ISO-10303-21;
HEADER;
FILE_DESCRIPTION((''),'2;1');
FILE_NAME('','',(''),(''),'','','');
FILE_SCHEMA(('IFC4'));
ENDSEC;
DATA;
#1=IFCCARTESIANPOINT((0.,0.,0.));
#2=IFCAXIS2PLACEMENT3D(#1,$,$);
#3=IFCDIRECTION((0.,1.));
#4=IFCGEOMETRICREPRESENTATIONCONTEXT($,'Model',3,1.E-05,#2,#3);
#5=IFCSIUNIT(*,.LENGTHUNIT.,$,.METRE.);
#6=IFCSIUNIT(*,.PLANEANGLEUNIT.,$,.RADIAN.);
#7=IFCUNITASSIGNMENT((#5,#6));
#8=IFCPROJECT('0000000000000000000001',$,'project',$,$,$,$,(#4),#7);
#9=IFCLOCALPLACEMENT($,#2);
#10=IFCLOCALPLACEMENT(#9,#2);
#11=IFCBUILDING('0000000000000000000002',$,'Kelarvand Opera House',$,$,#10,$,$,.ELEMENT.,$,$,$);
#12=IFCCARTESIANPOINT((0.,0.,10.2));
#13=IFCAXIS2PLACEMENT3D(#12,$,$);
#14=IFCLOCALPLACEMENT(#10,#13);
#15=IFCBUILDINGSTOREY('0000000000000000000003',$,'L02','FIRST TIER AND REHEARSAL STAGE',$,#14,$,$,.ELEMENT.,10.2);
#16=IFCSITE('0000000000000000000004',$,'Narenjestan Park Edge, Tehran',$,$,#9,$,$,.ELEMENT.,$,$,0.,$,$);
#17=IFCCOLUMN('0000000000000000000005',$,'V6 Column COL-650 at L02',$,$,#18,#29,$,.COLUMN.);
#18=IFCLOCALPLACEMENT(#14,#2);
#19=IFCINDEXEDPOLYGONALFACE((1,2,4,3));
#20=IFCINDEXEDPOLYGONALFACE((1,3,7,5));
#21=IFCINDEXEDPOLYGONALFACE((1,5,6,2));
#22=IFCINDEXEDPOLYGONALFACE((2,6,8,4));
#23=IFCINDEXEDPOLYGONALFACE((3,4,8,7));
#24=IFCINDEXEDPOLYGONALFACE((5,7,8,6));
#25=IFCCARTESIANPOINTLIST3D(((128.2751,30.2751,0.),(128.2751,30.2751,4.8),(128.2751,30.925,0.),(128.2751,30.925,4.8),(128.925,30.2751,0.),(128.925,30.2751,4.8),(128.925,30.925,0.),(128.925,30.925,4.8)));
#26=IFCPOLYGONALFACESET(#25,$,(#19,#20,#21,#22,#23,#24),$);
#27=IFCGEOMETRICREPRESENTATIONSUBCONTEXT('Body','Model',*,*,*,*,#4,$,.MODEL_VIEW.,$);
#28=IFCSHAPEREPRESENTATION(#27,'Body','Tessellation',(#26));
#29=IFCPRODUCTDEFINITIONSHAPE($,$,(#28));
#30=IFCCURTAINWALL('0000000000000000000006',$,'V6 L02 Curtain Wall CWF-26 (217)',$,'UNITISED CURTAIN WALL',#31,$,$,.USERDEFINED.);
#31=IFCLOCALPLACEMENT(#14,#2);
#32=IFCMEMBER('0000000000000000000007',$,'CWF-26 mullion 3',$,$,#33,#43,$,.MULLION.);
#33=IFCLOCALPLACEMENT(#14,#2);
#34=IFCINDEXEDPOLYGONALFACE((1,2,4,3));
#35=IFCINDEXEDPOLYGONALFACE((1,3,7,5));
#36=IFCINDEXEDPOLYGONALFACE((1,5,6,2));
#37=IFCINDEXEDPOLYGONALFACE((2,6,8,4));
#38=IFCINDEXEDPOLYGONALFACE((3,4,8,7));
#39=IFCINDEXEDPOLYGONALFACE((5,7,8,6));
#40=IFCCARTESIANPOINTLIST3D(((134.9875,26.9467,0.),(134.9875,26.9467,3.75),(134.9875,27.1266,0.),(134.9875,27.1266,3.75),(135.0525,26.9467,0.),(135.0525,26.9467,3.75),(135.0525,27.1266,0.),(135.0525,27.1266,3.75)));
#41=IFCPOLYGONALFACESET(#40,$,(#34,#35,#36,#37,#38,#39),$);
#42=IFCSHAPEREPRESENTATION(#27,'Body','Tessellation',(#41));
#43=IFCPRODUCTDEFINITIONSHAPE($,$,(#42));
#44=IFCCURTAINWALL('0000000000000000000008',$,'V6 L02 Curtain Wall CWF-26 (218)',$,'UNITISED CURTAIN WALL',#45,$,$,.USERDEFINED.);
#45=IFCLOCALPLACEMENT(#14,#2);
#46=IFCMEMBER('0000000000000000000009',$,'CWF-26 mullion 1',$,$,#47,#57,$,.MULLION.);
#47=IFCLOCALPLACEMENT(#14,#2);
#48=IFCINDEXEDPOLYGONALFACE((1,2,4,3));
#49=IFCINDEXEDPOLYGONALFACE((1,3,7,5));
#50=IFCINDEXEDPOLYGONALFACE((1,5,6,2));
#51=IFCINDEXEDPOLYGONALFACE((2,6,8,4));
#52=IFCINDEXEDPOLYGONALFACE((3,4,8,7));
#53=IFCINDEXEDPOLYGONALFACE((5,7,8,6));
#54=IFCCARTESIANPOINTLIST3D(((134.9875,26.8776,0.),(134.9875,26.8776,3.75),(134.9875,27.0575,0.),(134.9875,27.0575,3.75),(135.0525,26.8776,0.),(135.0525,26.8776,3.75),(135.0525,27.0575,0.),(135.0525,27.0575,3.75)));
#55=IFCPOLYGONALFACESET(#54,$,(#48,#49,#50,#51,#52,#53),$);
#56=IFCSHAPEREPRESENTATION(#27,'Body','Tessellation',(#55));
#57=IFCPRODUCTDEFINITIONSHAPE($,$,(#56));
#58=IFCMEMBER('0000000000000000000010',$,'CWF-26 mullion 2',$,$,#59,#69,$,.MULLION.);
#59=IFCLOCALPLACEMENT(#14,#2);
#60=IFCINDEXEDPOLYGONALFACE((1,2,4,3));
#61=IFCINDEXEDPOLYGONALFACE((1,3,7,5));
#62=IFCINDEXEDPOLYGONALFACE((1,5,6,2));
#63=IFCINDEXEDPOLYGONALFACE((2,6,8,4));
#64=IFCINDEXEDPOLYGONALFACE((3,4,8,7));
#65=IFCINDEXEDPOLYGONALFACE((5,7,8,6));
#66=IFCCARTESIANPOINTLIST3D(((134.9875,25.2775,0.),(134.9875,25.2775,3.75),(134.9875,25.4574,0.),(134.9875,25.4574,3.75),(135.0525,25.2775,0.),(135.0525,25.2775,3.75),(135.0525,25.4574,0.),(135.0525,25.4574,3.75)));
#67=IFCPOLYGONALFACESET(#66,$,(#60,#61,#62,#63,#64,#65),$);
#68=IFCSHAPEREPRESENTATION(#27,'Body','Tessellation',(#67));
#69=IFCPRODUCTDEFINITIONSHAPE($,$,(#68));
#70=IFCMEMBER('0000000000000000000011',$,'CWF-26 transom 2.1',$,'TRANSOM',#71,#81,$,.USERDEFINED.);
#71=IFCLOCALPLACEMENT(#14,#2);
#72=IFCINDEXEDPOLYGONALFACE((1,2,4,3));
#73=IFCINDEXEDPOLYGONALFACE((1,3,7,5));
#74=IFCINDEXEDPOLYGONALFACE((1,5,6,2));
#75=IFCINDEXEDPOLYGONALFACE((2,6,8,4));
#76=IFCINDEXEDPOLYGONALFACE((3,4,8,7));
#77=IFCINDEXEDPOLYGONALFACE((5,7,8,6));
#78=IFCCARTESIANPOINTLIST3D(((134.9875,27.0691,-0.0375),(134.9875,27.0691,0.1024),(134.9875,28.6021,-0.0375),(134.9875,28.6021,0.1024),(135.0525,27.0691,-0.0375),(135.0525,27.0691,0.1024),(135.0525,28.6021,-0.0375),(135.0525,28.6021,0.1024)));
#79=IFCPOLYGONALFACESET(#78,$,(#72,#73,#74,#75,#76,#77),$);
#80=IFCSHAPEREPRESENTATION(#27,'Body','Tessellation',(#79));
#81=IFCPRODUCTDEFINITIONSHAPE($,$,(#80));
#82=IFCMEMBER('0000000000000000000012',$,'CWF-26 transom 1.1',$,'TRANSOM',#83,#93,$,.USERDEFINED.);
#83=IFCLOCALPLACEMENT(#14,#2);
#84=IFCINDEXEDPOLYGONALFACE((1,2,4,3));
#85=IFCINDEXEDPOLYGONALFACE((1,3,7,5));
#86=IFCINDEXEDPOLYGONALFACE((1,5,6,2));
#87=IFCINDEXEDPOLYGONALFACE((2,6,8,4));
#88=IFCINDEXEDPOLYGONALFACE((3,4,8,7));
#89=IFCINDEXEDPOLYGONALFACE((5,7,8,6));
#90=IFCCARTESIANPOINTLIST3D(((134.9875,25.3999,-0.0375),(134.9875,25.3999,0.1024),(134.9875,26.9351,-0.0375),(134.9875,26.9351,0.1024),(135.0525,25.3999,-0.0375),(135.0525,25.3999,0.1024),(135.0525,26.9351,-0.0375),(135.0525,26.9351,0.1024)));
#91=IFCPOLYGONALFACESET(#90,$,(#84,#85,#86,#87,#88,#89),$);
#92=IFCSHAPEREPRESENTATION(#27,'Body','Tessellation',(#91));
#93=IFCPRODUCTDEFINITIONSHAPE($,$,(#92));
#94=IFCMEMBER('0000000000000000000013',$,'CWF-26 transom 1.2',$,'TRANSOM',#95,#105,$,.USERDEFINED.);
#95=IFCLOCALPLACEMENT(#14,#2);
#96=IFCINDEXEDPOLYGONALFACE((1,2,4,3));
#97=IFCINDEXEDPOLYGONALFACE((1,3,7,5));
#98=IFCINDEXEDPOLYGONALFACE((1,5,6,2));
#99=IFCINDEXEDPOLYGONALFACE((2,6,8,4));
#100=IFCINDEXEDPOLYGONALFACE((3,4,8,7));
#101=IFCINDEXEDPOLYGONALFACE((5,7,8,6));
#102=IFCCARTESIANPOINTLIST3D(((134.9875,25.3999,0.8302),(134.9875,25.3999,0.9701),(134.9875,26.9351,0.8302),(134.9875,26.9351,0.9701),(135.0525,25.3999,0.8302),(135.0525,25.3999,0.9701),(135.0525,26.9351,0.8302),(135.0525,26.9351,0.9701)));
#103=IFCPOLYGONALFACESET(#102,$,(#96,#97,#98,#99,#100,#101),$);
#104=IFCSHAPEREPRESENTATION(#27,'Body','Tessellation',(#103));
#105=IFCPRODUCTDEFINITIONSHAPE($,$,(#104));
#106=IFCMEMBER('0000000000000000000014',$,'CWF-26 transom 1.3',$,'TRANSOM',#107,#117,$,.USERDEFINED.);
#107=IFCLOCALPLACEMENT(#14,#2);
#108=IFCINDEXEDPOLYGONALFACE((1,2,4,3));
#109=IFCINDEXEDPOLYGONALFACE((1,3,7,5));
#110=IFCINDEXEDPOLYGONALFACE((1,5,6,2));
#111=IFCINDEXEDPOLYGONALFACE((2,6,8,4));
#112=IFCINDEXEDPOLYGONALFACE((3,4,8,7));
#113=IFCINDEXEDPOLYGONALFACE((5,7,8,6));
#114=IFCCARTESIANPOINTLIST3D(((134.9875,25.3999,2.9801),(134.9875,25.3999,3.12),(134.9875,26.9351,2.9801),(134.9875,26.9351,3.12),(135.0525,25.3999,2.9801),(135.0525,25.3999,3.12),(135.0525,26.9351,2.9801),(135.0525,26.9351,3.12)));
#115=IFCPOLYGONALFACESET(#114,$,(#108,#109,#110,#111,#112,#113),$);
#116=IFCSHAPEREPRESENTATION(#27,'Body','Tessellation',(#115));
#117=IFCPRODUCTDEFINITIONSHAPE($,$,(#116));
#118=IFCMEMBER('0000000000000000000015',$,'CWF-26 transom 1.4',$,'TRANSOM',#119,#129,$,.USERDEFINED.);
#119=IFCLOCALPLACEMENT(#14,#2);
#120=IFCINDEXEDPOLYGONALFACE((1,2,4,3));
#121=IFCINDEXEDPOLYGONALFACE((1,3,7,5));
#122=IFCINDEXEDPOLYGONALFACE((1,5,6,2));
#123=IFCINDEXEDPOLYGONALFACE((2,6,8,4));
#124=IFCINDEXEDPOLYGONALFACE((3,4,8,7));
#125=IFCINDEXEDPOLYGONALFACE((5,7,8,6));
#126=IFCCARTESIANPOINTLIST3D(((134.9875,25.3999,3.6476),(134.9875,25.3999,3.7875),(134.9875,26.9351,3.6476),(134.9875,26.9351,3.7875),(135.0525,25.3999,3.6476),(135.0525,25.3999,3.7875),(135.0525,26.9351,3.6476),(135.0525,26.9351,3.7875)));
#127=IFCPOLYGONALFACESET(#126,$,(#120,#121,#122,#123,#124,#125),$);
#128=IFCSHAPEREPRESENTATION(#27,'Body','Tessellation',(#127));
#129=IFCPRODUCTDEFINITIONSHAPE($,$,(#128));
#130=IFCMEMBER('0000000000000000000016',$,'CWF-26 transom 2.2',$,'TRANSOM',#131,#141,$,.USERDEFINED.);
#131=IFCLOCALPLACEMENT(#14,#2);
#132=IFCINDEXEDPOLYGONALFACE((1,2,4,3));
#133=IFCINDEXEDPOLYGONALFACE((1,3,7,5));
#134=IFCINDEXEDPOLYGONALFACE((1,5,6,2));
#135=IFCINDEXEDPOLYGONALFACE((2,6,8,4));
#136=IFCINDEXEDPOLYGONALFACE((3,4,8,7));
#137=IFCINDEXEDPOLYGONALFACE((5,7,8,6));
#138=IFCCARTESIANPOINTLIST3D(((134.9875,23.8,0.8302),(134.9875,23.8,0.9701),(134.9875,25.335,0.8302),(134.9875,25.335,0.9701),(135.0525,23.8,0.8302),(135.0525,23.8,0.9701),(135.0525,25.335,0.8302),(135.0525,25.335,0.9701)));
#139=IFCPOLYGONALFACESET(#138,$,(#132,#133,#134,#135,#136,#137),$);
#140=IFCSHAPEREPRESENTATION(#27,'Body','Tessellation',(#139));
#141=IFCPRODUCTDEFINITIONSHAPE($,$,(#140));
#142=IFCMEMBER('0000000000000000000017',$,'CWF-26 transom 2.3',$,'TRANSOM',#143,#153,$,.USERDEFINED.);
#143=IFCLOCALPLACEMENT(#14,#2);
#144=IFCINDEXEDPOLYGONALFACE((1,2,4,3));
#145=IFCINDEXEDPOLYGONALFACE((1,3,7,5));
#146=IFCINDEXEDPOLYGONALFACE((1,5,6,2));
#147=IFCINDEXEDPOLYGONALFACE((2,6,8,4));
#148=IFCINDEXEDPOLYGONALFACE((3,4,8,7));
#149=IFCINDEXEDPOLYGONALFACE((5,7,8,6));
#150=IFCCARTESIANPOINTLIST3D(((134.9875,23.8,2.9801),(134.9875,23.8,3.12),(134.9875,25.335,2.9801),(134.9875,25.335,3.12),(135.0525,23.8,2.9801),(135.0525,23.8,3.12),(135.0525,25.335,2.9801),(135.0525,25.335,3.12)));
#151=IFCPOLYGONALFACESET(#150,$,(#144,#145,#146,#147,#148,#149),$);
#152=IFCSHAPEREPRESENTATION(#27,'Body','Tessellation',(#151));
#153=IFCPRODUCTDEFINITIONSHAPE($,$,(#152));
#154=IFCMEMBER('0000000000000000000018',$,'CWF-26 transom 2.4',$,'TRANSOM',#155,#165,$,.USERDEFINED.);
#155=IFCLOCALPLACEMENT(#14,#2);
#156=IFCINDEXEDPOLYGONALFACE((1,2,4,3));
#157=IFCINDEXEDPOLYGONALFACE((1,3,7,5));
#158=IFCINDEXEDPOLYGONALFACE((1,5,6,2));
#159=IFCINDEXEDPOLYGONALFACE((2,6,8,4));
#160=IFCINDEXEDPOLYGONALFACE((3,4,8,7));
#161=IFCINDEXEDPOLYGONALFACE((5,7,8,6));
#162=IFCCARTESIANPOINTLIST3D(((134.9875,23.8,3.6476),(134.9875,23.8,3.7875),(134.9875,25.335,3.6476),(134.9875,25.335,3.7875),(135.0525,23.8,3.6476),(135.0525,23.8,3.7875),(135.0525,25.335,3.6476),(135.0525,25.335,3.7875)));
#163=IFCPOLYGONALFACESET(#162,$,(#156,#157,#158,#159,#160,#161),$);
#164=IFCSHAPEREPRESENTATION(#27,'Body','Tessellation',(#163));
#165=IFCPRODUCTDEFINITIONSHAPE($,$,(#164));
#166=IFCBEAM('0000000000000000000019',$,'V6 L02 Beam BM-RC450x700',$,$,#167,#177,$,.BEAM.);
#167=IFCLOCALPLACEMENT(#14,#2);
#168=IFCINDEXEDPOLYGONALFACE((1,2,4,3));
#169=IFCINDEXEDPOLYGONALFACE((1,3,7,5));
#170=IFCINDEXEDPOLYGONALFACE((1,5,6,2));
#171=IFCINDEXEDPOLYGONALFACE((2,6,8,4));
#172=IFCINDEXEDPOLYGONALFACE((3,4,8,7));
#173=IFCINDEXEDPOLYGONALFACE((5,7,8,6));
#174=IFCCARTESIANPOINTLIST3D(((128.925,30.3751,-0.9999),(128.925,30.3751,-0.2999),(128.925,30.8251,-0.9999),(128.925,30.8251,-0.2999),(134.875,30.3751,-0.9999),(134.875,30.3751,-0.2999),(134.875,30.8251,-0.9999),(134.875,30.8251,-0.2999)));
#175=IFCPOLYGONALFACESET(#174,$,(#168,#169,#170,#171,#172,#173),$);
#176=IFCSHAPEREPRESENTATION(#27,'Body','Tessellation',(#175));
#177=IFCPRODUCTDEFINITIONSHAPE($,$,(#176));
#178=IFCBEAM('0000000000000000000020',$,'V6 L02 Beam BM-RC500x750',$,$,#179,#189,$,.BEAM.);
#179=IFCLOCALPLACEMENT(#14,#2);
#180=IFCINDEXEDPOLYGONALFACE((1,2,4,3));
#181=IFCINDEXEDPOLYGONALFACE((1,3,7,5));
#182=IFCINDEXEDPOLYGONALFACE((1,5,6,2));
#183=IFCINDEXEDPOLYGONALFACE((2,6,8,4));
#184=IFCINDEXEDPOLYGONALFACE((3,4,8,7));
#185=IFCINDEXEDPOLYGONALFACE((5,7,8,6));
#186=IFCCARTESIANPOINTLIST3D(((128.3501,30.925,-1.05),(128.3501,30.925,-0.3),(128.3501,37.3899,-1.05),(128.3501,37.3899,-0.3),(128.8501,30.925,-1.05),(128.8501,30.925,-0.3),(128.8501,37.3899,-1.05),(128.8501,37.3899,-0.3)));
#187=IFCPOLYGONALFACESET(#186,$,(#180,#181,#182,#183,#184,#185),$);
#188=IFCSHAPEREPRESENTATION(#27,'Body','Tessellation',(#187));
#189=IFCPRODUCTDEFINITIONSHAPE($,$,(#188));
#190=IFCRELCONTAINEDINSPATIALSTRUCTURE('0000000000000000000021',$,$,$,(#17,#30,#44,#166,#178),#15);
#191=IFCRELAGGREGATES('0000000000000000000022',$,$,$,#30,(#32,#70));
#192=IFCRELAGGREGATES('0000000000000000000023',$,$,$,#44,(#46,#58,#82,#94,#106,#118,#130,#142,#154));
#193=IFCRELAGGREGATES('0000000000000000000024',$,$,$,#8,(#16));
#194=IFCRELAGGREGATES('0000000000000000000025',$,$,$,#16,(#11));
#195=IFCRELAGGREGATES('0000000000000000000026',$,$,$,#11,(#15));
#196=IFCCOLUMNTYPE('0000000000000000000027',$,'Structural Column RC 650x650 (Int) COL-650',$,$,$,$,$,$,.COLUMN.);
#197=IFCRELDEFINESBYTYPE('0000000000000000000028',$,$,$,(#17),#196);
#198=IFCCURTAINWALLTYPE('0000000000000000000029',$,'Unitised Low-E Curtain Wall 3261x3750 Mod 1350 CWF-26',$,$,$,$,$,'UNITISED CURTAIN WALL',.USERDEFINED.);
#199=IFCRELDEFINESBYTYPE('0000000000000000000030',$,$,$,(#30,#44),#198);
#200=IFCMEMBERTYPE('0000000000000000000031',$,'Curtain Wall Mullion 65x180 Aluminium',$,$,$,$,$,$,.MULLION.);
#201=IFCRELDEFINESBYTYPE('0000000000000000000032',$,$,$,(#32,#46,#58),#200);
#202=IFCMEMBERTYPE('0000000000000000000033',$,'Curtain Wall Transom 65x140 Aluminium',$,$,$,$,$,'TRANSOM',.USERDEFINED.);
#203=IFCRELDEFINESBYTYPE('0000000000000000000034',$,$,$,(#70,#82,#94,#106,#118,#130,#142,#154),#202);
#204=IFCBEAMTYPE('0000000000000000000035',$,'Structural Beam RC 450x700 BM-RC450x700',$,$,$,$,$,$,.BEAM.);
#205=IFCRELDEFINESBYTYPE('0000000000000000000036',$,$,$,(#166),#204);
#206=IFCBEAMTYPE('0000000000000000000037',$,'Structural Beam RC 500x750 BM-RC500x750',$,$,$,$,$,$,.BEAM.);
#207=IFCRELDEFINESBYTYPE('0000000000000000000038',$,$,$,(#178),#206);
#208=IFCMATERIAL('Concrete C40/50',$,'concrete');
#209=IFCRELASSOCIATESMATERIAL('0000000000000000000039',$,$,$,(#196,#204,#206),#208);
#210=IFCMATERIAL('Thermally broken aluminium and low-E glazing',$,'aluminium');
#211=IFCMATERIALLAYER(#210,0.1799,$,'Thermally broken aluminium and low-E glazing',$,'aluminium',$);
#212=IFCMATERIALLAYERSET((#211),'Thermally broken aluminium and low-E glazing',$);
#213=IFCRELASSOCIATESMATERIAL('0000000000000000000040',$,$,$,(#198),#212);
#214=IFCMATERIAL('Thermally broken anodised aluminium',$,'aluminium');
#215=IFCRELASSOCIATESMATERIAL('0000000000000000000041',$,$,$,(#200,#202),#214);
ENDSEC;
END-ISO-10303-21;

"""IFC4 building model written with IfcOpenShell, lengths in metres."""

from ifc_helpers import new_model, si_unit, direction, frame, origin, origin_2d, place, context, subcontext, project, spatial, rectangle, extrude, material, layer, layer_set, material_profile, profile_set, type_object, element, aggregate, save


model = new_model("IFC4")

# Units and contexts
model_context = context("Model", 3, precision=1e-05, world=origin(), true_north=direction((0.0, 1.0)))
body_context = subcontext(model_context, "Body", "Model", "MODEL_VIEW")
ifc_project = project(units=[si_unit("LENGTHUNIT", "METRE"), si_unit("PLANEANGLEUNIT", "RADIAN")], contexts=[model_context])

# Site, building, storey
site_placement = place(None, origin())
site = spatial("IfcSite", under=ifc_project, at=site_placement, Name="Narenjestan Park Edge, Tehran", CompositionType="ELEMENT", RefElevation=0.0)
building_placement = place(site_placement, origin())
building = spatial("IfcBuilding", under=site, at=building_placement, Name="Kelarvand Opera House", CompositionType="ELEMENT")
storey_placement = place(building_placement, frame((0.0, 0.0, 10.2)))
storey = spatial("IfcBuildingStorey", under=building, at=storey_placement, Name="L02", Description="FIRST TIER AND REHEARSAL STAGE", CompositionType="ELEMENT", Elevation=10.2)

# Column
ifc_material_1 = material(Name="Concrete C40/50", Category="concrete")
ifc_material_profile_1 = material_profile(ifc_material_1, rectangle(XDim=0.6499, YDim=0.6499, at=origin_2d()), Name="RC 650x650", Category="concrete")
ifc_profile_set_1 = profile_set([ifc_material_profile_1], Name="Concrete C40/50")
column_type = type_object("IfcColumnType", Name="Structural Column RC 650x650 (Int) COL-650", PredefinedType="COLUMN", material=ifc_profile_set_1)
column_placement = place(storey_placement, frame((128.6001, 30.6001, 0.0), z_axis=(0.0, 0.0, 1.0), x_axis=(1.0, 0.0, 0.0)))
element("IfcColumn", 1, at=column_placement, inside=storey, type_object=column_type, Name="V6 Column COL-650 at L02", PredefinedType="COLUMN", context=body_context, shape_type="SweptSolid", body=[
    extrude(rectangle(XDim=0.6499, YDim=0.6499, at=origin_2d()), origin(), (0.0, 0.0, 1.0), 4.8),
])

# Curtain wall, member
ifc_material_2 = material(Name="Thermally broken aluminium and low-E glazing", Category="aluminium")
ifc_layer_1 = layer(ifc_material_2, 0.1799, Name="Thermally broken aluminium and low-E glazing", Category="aluminium")
ifc_layer_set_1 = layer_set([ifc_layer_1], Name="Thermally broken aluminium and low-E glazing")
curtain_wall_type = type_object("IfcCurtainWallType", Name="Unitised Low-E Curtain Wall 3261x3750 Mod 1350 CWF-26", ElementType="UNITISED CURTAIN WALL", PredefinedType="USERDEFINED", material=ifc_layer_set_1)
curtain_wall_1_placement = place(storey_placement, origin())
curtain_wall_1 = element("IfcCurtainWall", 2, at=curtain_wall_1_placement, inside=storey, type_object=curtain_wall_type, Name="V6 L02 Curtain Wall CWF-26 (217)", ObjectType="UNITISED CURTAIN WALL", PredefinedType="USERDEFINED")
ifc_material_3 = material(Name="Thermally broken anodised aluminium", Category="aluminium")
ifc_material_profile_2 = material_profile(ifc_material_3, rectangle(XDim=0.0649, YDim=0.1799, at=origin_2d()), Name="ALU MULLION 65x180", Category="aluminium")
ifc_profile_set_2 = profile_set([ifc_material_profile_2], Name="Thermally broken anodised aluminium")
member_type_1 = type_object("IfcMemberType", Name="Curtain Wall Mullion 65x180 Aluminium", PredefinedType="MULLION", material=ifc_profile_set_2)
member_1_placement = place(storey_placement, frame((135.02, 27.0366, 0.0), z_axis=(0.0, 0.0, 1.0), x_axis=(1.0, 0.0, 0.0)))
member_1 = element("IfcMember", 3, at=member_1_placement, type_object=member_type_1, Name="CWF-26 mullion 3", PredefinedType="MULLION", context=body_context, shape_type="SweptSolid", body=[
    extrude(rectangle(XDim=0.0649, YDim=0.1799, at=origin_2d()), origin(), (0.0, 0.0, 1.0), 3.75),
])

# Curtain wall, members
curtain_wall_2_placement = place(storey_placement, origin())
curtain_wall_2 = element("IfcCurtainWall", 4, at=curtain_wall_2_placement, inside=storey, type_object=curtain_wall_type, Name="V6 L02 Curtain Wall CWF-26 (218)", ObjectType="UNITISED CURTAIN WALL", PredefinedType="USERDEFINED")
member_2_placement = place(storey_placement, frame((135.02, 26.9675, 0.0), z_axis=(0.0, 0.0, 1.0), x_axis=(1.0, 0.0, 0.0)))
member_2 = element("IfcMember", 5, at=member_2_placement, type_object=member_type_1, Name="CWF-26 mullion 1", PredefinedType="MULLION", context=body_context, shape_type="SweptSolid", body=[
    extrude(rectangle(XDim=0.0649, YDim=0.1799, at=origin_2d()), origin(), (0.0, 0.0, 1.0), 3.75),
])
member_3_placement = place(storey_placement, frame((135.02, 25.3674, 0.0), z_axis=(0.0, 0.0, 1.0), x_axis=(1.0, 0.0, 0.0)))
member_3 = element("IfcMember", 6, at=member_3_placement, type_object=member_type_1, Name="CWF-26 mullion 2", PredefinedType="MULLION", context=body_context, shape_type="SweptSolid", body=[
    extrude(rectangle(XDim=0.0649, YDim=0.1799, at=origin_2d()), origin(), (0.0, 0.0, 1.0), 3.75),
])

# Members
ifc_material_profile_3 = material_profile(ifc_material_3, rectangle(XDim=0.0649, YDim=0.1399, at=origin_2d()), Name="ALU TRANSOM 65x140", Category="aluminium")
ifc_profile_set_3 = profile_set([ifc_material_profile_3], Name="Thermally broken anodised aluminium")
member_type_2 = type_object("IfcMemberType", Name="Curtain Wall Transom 65x140 Aluminium", ElementType="TRANSOM", PredefinedType="USERDEFINED", material=ifc_profile_set_3)
member_4_placement = place(storey_placement, frame((135.02, 28.6021, 0.0325), z_axis=(0.0, -1.0, 0.0), x_axis=(1.0, 0.0, 0.0)))
member_4 = element("IfcMember", 7, at=member_4_placement, type_object=member_type_2, Name="CWF-26 transom 2.1", ObjectType="TRANSOM", PredefinedType="USERDEFINED", context=body_context, shape_type="SweptSolid", body=[
    extrude(rectangle(XDim=0.0649, YDim=0.1399, at=origin_2d()), origin(), (0.0, 0.0, 1.0), 1.533),
])
member_5_placement = place(storey_placement, frame((135.02, 26.9351, 0.0325), z_axis=(0.0, -1.0, 0.0), x_axis=(1.0, 0.0, 0.0)))
member_5 = element("IfcMember", 8, at=member_5_placement, type_object=member_type_2, Name="CWF-26 transom 1.1", ObjectType="TRANSOM", PredefinedType="USERDEFINED", context=body_context, shape_type="SweptSolid", body=[
    extrude(rectangle(XDim=0.0649, YDim=0.1399, at=origin_2d()), origin(), (0.0, 0.0, 1.0), 1.5352),
])
member_6_placement = place(storey_placement, frame((135.02, 26.9351, 0.9001), z_axis=(0.0, -1.0, 0.0), x_axis=(1.0, 0.0, 0.0)))
member_6 = element("IfcMember", 9, at=member_6_placement, type_object=member_type_2, Name="CWF-26 transom 1.2", ObjectType="TRANSOM", PredefinedType="USERDEFINED", context=body_context, shape_type="SweptSolid", body=[
    extrude(rectangle(XDim=0.0649, YDim=0.1399, at=origin_2d()), origin(), (0.0, 0.0, 1.0), 1.5352),
])
member_7_placement = place(storey_placement, frame((135.02, 26.9351, 3.05), z_axis=(0.0, -1.0, 0.0), x_axis=(1.0, 0.0, 0.0)))
member_7 = element("IfcMember", 10, at=member_7_placement, type_object=member_type_2, Name="CWF-26 transom 1.3", ObjectType="TRANSOM", PredefinedType="USERDEFINED", context=body_context, shape_type="SweptSolid", body=[
    extrude(rectangle(XDim=0.0649, YDim=0.1399, at=origin_2d()), origin(), (0.0, 0.0, 1.0), 1.5352),
])
member_8_placement = place(storey_placement, frame((135.02, 26.9351, 3.7175), z_axis=(0.0, -1.0, 0.0), x_axis=(1.0, 0.0, 0.0)))
member_8 = element("IfcMember", 11, at=member_8_placement, type_object=member_type_2, Name="CWF-26 transom 1.4", ObjectType="TRANSOM", PredefinedType="USERDEFINED", context=body_context, shape_type="SweptSolid", body=[
    extrude(rectangle(XDim=0.0649, YDim=0.1399, at=origin_2d()), origin(), (0.0, 0.0, 1.0), 1.5352),
])
member_9_placement = place(storey_placement, frame((135.02, 25.335, 0.9001), z_axis=(0.0, -1.0, 0.0), x_axis=(1.0, 0.0, 0.0)))
member_9 = element("IfcMember", 12, at=member_9_placement, type_object=member_type_2, Name="CWF-26 transom 2.2", ObjectType="TRANSOM", PredefinedType="USERDEFINED", context=body_context, shape_type="SweptSolid", body=[
    extrude(rectangle(XDim=0.0649, YDim=0.1399, at=origin_2d()), origin(), (0.0, 0.0, 1.0), 1.5349),
])
member_10_placement = place(storey_placement, frame((135.02, 25.335, 3.05), z_axis=(0.0, -1.0, 0.0), x_axis=(1.0, 0.0, 0.0)))
member_10 = element("IfcMember", 13, at=member_10_placement, type_object=member_type_2, Name="CWF-26 transom 2.3", ObjectType="TRANSOM", PredefinedType="USERDEFINED", context=body_context, shape_type="SweptSolid", body=[
    extrude(rectangle(XDim=0.0649, YDim=0.1399, at=origin_2d()), origin(), (0.0, 0.0, 1.0), 1.5349),
])
member_11_placement = place(storey_placement, frame((135.02, 25.335, 3.7175), z_axis=(0.0, -1.0, 0.0), x_axis=(1.0, 0.0, 0.0)))
member_11 = element("IfcMember", 14, at=member_11_placement, type_object=member_type_2, Name="CWF-26 transom 2.4", ObjectType="TRANSOM", PredefinedType="USERDEFINED", context=body_context, shape_type="SweptSolid", body=[
    extrude(rectangle(XDim=0.0649, YDim=0.1399, at=origin_2d()), origin(), (0.0, 0.0, 1.0), 1.5349),
])

# Beams
ifc_material_profile_4 = material_profile(ifc_material_1, rectangle(XDim=0.45, YDim=0.7, at=origin_2d()), Name="RC 450x700", Category="concrete")
ifc_profile_set_4 = profile_set([ifc_material_profile_4], Name="Concrete C40/50")
beam_type_1 = type_object("IfcBeamType", Name="Structural Beam RC 450x700 BM-RC450x700", PredefinedType="BEAM", material=ifc_profile_set_4)
beam_1_placement = place(storey_placement, frame((128.925, 30.6001, -0.6499), z_axis=(1.0, 0.0, 0.0), x_axis=(0.0, 1.0, 0.0)))
element("IfcBeam", 15, at=beam_1_placement, inside=storey, type_object=beam_type_1, Name="V6 L02 Beam BM-RC450x700", PredefinedType="BEAM", context=body_context, shape_type="SweptSolid", body=[
    extrude(rectangle(XDim=0.45, YDim=0.7, at=origin_2d()), origin(), (0.0, 0.0, 1.0), 5.95),
])
ifc_material_profile_5 = material_profile(ifc_material_1, rectangle(XDim=0.5, YDim=0.75, at=origin_2d()), Name="RC 500x750", Category="concrete")
ifc_profile_set_5 = profile_set([ifc_material_profile_5], Name="Concrete C40/50")
beam_type_2 = type_object("IfcBeamType", Name="Structural Beam RC 500x750 BM-RC500x750", PredefinedType="BEAM", material=ifc_profile_set_5)
beam_2_placement = place(storey_placement, frame((128.6001, 30.925, -0.675), z_axis=(0.0, 1.0, 0.0), x_axis=(-1.0, 0.0, 0.0)))
element("IfcBeam", 16, at=beam_2_placement, inside=storey, type_object=beam_type_2, Name="V6 L02 Beam BM-RC500x750", PredefinedType="BEAM", context=body_context, shape_type="SweptSolid", body=[
    extrude(rectangle(XDim=0.5, YDim=0.75, at=origin_2d()), origin(), (0.0, 0.0, 1.0), 6.4648),
])

aggregate(curtain_wall_1, [member_1, member_4])
aggregate(curtain_wall_2, [member_2, member_3, member_5, member_6, member_7, member_8, member_9, member_10, member_11])

save(model, "model.ifc")
